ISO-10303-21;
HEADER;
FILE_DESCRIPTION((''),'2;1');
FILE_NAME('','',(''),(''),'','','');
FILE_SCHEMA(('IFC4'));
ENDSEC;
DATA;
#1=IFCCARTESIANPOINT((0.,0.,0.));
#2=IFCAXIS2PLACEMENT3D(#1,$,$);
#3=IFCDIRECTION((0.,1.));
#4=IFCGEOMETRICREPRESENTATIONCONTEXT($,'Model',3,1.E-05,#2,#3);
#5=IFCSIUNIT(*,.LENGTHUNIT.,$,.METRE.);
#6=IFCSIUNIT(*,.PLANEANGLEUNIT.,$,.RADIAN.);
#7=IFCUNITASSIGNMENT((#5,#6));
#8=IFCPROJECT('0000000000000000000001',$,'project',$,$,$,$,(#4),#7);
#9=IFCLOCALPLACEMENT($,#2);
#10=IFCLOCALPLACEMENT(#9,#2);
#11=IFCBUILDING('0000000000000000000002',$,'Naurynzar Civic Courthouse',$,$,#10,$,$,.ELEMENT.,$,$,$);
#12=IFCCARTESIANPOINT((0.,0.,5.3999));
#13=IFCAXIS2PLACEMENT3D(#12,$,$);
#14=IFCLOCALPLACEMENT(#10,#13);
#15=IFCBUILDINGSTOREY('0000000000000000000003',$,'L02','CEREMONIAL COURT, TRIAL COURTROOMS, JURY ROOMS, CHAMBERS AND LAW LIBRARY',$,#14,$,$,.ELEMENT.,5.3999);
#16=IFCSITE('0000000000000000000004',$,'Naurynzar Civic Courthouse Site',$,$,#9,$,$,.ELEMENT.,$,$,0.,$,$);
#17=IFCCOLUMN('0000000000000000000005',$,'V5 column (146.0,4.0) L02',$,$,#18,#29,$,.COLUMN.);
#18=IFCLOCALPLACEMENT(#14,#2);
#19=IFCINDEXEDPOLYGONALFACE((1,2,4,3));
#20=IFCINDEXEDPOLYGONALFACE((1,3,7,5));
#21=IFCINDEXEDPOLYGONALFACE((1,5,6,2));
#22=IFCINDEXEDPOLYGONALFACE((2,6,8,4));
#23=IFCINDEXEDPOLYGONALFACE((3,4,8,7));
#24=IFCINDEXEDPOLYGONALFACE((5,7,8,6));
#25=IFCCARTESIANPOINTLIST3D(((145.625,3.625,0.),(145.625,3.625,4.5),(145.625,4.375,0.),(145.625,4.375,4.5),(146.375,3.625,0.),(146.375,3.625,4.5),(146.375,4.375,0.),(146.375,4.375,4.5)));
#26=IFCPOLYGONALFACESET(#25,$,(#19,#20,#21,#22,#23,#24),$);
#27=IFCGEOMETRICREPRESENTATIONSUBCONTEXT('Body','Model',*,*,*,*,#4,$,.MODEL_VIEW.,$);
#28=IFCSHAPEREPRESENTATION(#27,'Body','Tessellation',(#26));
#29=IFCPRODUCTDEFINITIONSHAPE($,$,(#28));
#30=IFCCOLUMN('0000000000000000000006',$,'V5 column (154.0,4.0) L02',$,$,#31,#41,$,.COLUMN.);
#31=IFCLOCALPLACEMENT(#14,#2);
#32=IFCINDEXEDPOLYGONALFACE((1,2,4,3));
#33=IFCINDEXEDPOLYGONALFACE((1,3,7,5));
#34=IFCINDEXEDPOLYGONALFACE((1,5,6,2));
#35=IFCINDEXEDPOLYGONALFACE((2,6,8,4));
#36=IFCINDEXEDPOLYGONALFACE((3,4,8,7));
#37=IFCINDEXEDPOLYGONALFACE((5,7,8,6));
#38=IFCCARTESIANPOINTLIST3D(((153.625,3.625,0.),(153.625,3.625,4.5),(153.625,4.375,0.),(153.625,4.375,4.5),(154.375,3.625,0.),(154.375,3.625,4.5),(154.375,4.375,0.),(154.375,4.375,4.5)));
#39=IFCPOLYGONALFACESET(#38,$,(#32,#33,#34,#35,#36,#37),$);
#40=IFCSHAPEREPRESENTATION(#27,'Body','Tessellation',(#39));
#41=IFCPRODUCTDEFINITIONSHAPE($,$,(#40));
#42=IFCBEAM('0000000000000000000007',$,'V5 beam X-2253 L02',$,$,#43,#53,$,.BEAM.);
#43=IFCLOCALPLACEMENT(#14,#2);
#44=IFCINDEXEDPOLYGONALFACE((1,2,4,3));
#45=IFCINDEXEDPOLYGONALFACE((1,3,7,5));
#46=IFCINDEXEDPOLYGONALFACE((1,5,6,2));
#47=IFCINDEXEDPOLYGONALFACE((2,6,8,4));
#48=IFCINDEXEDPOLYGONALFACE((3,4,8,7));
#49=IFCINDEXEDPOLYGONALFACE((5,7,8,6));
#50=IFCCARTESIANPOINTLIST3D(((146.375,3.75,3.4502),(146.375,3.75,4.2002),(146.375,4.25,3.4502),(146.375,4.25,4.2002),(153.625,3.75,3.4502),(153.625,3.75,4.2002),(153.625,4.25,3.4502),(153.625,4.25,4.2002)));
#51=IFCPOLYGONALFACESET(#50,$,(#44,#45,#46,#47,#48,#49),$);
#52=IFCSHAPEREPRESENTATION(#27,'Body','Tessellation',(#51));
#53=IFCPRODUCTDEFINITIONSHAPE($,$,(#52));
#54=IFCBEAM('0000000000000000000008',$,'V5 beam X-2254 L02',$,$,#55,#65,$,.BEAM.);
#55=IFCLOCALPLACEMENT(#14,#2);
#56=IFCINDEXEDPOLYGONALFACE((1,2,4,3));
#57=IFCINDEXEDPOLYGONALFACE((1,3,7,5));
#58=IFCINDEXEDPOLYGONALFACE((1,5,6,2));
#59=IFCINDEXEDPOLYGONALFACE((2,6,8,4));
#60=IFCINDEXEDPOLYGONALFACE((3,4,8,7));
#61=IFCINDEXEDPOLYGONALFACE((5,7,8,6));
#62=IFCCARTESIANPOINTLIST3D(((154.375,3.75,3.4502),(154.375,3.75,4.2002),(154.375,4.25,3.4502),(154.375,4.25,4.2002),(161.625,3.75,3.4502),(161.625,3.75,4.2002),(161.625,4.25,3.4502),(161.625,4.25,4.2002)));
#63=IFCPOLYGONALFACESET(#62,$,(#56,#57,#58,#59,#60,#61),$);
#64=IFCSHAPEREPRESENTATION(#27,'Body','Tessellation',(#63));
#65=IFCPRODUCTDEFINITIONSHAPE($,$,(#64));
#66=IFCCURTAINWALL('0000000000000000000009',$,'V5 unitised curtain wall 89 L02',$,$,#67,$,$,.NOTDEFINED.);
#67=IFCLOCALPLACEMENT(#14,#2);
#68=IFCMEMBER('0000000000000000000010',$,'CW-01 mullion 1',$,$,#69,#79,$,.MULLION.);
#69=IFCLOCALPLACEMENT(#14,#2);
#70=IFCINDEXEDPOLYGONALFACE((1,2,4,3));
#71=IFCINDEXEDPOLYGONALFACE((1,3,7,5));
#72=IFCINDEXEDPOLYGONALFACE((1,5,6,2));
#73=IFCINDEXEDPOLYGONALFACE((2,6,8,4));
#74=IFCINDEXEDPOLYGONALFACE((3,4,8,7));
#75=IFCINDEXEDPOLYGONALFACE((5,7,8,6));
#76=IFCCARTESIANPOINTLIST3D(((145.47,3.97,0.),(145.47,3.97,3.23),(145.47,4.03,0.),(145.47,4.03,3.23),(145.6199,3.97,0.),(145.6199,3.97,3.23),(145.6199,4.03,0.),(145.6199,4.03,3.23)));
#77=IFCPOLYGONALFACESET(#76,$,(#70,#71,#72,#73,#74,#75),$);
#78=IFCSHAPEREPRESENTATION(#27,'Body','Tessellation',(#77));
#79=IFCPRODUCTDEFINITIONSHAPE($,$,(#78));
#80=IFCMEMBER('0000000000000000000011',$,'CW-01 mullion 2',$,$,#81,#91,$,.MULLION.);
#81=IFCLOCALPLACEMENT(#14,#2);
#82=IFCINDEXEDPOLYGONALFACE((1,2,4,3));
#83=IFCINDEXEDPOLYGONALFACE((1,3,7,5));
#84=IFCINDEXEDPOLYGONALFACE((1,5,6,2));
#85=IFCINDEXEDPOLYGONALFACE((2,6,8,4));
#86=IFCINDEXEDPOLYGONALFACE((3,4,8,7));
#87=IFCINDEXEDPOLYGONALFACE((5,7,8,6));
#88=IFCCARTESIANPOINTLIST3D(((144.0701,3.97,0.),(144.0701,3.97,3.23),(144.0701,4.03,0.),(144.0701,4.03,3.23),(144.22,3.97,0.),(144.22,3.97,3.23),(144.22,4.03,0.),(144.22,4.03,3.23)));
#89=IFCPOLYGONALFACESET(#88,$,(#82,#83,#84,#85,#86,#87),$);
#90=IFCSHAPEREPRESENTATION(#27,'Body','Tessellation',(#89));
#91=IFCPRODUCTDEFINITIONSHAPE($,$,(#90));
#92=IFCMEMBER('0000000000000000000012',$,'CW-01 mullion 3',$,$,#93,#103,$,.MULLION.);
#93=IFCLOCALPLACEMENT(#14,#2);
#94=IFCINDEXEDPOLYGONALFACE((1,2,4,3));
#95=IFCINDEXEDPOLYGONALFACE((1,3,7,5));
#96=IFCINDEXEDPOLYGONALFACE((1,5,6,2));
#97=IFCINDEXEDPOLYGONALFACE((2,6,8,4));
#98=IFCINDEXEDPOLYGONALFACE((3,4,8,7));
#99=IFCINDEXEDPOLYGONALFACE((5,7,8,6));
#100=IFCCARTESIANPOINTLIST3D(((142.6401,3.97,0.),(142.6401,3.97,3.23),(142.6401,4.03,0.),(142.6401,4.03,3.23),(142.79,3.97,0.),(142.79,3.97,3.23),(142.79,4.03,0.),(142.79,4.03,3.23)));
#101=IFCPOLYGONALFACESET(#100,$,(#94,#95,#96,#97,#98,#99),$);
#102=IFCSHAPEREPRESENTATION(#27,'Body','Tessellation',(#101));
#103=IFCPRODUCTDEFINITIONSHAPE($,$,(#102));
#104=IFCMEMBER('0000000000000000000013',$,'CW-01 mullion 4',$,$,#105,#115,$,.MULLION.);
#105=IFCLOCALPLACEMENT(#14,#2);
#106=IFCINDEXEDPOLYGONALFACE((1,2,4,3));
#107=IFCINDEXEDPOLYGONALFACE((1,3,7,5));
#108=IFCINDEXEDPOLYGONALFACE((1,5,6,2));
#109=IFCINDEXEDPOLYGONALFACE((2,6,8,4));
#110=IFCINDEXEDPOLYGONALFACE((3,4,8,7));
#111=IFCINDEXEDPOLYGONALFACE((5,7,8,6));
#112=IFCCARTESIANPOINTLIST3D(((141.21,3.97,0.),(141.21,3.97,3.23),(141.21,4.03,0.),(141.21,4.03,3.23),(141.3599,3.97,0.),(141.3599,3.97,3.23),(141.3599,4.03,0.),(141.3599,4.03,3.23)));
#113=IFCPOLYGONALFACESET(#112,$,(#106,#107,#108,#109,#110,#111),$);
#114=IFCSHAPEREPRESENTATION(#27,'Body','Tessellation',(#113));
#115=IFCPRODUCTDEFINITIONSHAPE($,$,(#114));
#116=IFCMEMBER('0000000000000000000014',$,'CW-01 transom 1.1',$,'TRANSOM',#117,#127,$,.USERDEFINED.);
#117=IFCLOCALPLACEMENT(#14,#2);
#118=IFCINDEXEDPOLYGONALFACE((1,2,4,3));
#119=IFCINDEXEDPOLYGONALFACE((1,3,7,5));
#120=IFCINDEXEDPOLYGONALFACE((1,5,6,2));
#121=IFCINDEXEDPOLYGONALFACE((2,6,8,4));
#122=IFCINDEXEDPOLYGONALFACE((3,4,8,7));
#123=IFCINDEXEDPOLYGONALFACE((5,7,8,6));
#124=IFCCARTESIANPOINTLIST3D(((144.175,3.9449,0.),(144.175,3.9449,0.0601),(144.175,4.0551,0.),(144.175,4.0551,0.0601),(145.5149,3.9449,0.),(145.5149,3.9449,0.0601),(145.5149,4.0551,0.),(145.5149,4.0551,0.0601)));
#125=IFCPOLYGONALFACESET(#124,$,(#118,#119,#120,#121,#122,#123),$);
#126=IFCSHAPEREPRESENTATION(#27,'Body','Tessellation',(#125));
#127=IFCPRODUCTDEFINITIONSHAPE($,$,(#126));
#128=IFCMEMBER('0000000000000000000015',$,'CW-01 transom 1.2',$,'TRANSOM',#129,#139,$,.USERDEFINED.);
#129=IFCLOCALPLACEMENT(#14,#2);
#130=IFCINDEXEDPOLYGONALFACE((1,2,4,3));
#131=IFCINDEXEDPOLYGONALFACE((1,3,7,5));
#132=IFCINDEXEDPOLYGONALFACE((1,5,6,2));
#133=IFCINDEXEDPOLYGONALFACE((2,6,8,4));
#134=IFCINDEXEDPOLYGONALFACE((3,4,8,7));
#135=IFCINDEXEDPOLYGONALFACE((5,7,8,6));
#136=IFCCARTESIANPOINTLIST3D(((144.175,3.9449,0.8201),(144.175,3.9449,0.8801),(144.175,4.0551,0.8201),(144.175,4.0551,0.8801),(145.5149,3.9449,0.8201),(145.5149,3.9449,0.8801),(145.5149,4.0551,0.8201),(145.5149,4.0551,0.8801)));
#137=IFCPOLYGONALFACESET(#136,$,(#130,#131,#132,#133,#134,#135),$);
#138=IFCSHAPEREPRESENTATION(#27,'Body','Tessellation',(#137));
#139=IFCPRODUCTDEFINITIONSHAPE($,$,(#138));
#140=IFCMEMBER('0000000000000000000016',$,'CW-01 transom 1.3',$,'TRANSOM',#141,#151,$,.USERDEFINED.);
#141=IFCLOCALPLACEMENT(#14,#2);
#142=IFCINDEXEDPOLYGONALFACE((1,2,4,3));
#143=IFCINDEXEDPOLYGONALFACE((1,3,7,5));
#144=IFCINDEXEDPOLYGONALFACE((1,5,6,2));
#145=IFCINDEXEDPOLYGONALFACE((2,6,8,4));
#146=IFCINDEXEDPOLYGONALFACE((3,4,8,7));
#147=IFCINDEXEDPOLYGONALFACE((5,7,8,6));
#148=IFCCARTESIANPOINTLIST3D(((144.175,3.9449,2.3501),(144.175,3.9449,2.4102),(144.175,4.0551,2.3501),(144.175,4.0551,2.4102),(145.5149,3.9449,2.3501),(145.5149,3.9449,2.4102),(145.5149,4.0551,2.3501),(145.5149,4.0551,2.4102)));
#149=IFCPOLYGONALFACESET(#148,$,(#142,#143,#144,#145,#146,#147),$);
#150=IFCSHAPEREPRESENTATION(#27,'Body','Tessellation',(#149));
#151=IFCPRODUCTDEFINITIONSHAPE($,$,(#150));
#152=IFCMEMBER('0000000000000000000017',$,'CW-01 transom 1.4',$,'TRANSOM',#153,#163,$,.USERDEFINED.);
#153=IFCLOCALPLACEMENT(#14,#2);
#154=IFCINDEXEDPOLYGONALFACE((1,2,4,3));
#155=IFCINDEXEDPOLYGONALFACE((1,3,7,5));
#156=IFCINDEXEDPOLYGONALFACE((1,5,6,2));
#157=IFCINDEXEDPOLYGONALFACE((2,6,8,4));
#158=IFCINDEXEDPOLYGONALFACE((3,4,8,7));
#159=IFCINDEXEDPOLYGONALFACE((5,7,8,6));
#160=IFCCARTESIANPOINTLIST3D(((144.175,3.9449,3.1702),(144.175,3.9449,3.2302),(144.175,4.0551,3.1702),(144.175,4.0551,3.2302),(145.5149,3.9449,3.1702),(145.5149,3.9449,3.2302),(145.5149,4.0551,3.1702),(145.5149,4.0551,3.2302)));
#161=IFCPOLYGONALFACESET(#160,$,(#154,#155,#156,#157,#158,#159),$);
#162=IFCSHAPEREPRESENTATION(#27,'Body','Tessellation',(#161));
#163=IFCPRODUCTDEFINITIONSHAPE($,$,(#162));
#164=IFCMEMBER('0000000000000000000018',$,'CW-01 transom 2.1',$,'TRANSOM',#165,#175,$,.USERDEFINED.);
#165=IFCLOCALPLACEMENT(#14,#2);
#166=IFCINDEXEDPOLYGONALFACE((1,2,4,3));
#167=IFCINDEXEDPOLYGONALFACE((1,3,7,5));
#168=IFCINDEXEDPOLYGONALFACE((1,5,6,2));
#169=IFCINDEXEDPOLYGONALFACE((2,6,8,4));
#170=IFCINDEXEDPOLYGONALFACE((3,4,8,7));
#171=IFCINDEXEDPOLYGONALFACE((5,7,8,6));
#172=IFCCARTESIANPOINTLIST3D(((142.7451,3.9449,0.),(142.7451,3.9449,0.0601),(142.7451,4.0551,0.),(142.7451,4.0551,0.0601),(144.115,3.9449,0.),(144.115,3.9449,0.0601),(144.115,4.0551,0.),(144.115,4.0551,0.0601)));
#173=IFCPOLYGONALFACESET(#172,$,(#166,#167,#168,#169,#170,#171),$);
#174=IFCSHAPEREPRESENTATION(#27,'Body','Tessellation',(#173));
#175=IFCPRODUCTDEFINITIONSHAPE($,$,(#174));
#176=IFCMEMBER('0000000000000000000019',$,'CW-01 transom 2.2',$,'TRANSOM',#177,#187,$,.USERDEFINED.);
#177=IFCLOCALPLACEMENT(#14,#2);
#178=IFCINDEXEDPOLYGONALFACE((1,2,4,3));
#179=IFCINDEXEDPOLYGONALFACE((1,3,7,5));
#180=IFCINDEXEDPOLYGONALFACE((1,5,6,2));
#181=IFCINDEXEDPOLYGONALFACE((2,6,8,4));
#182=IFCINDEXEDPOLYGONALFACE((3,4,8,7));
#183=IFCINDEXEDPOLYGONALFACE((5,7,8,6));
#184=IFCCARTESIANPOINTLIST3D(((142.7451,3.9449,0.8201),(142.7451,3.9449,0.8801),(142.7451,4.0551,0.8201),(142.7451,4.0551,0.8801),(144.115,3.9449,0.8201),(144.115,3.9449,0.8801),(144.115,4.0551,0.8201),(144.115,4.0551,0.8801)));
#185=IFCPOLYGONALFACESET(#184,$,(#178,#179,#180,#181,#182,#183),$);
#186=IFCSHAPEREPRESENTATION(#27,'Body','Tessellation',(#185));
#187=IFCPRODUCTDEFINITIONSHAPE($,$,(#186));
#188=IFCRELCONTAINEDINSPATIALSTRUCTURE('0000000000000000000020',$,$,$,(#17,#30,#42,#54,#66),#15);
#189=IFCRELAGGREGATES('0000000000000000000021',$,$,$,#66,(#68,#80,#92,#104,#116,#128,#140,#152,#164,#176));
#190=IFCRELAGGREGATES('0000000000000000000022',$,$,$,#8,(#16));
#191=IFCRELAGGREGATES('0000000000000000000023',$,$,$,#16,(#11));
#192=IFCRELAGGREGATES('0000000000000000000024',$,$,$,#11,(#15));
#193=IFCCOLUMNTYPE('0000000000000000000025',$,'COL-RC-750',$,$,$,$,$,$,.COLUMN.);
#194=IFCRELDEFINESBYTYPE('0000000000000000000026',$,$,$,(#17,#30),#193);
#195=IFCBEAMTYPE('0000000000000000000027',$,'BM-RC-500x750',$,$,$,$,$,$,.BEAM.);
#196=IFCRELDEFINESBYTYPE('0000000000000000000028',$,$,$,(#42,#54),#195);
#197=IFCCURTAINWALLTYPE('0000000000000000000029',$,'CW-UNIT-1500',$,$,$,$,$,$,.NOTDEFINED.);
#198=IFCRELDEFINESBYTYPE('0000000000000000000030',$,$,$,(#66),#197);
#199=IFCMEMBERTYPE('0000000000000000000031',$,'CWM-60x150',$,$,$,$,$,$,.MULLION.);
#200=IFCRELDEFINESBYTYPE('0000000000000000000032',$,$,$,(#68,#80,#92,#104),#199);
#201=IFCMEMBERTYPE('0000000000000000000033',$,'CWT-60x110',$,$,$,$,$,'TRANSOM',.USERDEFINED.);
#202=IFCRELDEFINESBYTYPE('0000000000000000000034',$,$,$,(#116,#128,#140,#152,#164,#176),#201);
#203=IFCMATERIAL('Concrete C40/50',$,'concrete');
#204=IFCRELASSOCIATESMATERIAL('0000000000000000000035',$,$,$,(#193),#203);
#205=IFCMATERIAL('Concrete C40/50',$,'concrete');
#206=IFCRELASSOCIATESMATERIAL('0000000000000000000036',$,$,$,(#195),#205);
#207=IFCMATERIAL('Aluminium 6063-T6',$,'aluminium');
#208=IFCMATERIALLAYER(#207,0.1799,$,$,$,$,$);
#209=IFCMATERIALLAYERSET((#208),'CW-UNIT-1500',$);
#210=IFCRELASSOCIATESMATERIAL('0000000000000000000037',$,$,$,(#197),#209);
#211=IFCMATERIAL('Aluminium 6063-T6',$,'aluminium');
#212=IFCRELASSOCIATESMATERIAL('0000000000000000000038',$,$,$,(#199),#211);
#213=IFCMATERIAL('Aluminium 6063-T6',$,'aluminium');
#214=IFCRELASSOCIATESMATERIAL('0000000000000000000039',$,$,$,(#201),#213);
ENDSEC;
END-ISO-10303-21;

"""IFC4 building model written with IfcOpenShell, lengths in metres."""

from ifc_helpers import new_model, si_unit, direction, frame, origin, origin_2d, place, context, subcontext, project, spatial, rectangle, extrude, material, layer, layer_set, material_profile, profile_set, type_object, element, aggregate, save


model = new_model("IFC4")

# Units and contexts
model_context = context("Model", 3, precision=1e-05, world=origin(), true_north=direction((0.0, 1.0)))
body_context = subcontext(model_context, "Body", "Model", "MODEL_VIEW")
ifc_project = project(units=[si_unit("LENGTHUNIT", "METRE"), si_unit("PLANEANGLEUNIT", "RADIAN")], contexts=[model_context])

# Site, building, storey
site_placement = place(None, origin())
site = spatial("IfcSite", under=ifc_project, at=site_placement, Name="Naurynzar Civic Courthouse Site", CompositionType="ELEMENT", RefElevation=0.0)
building_placement = place(site_placement, origin())
building = spatial("IfcBuilding", under=site, at=building_placement, Name="Naurynzar Civic Courthouse", CompositionType="ELEMENT")
storey_placement = place(building_placement, frame((0.0, 0.0, 5.3999)))
storey = spatial("IfcBuildingStorey", under=building, at=storey_placement, Name="L02", Description="CEREMONIAL COURT, TRIAL COURTROOMS, JURY ROOMS, CHAMBERS AND LAW LIBRARY", CompositionType="ELEMENT", Elevation=5.3999)

# Columns
ifc_material_1 = material(Name="Concrete C40/50", Category="concrete")
ifc_material_profile_1 = material_profile(ifc_material_1, rectangle(XDim=0.75, YDim=0.75, at=origin_2d()), Name="RC 750x750")
ifc_profile_set_1 = profile_set([ifc_material_profile_1], Name="Concrete C40/50")
column_type = type_object("IfcColumnType", Name="COL-RC-750", PredefinedType="COLUMN", material=ifc_profile_set_1)
for number, where, z_axis, x_axis, name in (
    (1, (146.0, 4.0, 0.0), (0.0, 0.0, 1.0), (1.0, 0.0, 0.0), "V5 column (146.0,4.0) L02"),
    (2, (154.0, 4.0, 0.0), (0.0, 0.0, 1.0), (1.0, 0.0, 0.0), "V5 column (154.0,4.0) L02"),
):
    element("IfcColumn", number, at=place(storey_placement, frame(where, z_axis=z_axis, x_axis=x_axis)), inside=storey, type_object=column_type, Name=name, PredefinedType="COLUMN", context=body_context, shape_type="SweptSolid", body=[
        extrude(rectangle(XDim=0.75, YDim=0.75, at=origin_2d()), origin(), (0.0, 0.0, 1.0), 4.5),
    ])

# Beams
ifc_material_2 = material(Name="Concrete C40/50", Category="concrete")
ifc_material_profile_2 = material_profile(ifc_material_2, rectangle(XDim=0.5, YDim=0.75, at=origin_2d()), Name="RCB 500x750")
ifc_profile_set_2 = profile_set([ifc_material_profile_2], Name="Concrete C40/50")
beam_type = type_object("IfcBeamType", Name="BM-RC-500x750", PredefinedType="BEAM", material=ifc_profile_set_2)
for number, where, z_axis, x_axis, name in (
    (3, (146.375, 4.0, 3.8252), (1.0, 0.0, 0.0), (0.0, 1.0, 0.0), "V5 beam X-2253 L02"),
    (4, (154.375, 4.0, 3.8252), (1.0, 0.0, 0.0), (0.0, 1.0, 0.0), "V5 beam X-2254 L02"),
):
    element("IfcBeam", number, at=place(storey_placement, frame(where, z_axis=z_axis, x_axis=x_axis)), inside=storey, type_object=beam_type, Name=name, PredefinedType="BEAM", context=body_context, shape_type="SweptSolid", body=[
        extrude(rectangle(XDim=0.5, YDim=0.75, at=origin_2d()), origin(), (0.0, 0.0, 1.0), 7.25),
    ])

# Curtain wall, members
ifc_material_3 = material(Name="Aluminium 6063-T6", Category="aluminium")
ifc_layer_1 = layer(ifc_material_3, 0.1799)
ifc_layer_set_1 = layer_set([ifc_layer_1], Name="CW-UNIT-1500")
curtain_wall_type = type_object("IfcCurtainWallType", Name="CW-UNIT-1500", PredefinedType="NOTDEFINED", material=ifc_layer_set_1)
curtain_wall_placement = place(storey_placement, origin())
curtain_wall = element("IfcCurtainWall", 5, at=curtain_wall_placement, inside=storey, type_object=curtain_wall_type, Name="V5 unitised curtain wall 89 L02", PredefinedType="NOTDEFINED")
ifc_material_4 = material(Name="Aluminium 6063-T6", Category="aluminium")
ifc_material_profile_3 = material_profile(ifc_material_4, rectangle(XDim=0.0601, YDim=0.1499, at=origin_2d()), Name="ALU MULLION 60x150")
ifc_profile_set_3 = profile_set([ifc_material_profile_3], Name="Aluminium 6063-T6")
member_type_1 = type_object("IfcMemberType", Name="CWM-60x150", PredefinedType="MULLION", material=ifc_profile_set_3)
member_1_placement = place(storey_placement, frame((145.5449, 4.0, 0.0), z_axis=(0.0, 0.0, 1.0), x_axis=(0.0, -1.0, 0.0)))
member_1 = element("IfcMember", 6, at=member_1_placement, type_object=member_type_1, Name="CW-01 mullion 1", PredefinedType="MULLION", context=body_context, shape_type="SweptSolid", body=[
    extrude(rectangle(XDim=0.0601, YDim=0.1499, at=origin_2d()), origin(), (0.0, 0.0, 1.0), 3.23),
])
member_2_placement = place(storey_placement, frame((144.145, 4.0, 0.0), z_axis=(0.0, 0.0, 1.0), x_axis=(0.0, -1.0, 0.0)))
member_2 = element("IfcMember", 7, at=member_2_placement, type_object=member_type_1, Name="CW-01 mullion 2", PredefinedType="MULLION", context=body_context, shape_type="SweptSolid", body=[
    extrude(rectangle(XDim=0.0601, YDim=0.1499, at=origin_2d()), origin(), (0.0, 0.0, 1.0), 3.23),
])
member_3_placement = place(storey_placement, frame((142.7151, 4.0, 0.0), z_axis=(0.0, 0.0, 1.0), x_axis=(0.0, -1.0, 0.0)))
member_3 = element("IfcMember", 8, at=member_3_placement, type_object=member_type_1, Name="CW-01 mullion 3", PredefinedType="MULLION", context=body_context, shape_type="SweptSolid", body=[
    extrude(rectangle(XDim=0.0601, YDim=0.1499, at=origin_2d()), origin(), (0.0, 0.0, 1.0), 3.23),
])
member_4_placement = place(storey_placement, frame((141.2849, 4.0, 0.0), z_axis=(0.0, 0.0, 1.0), x_axis=(0.0, -1.0, 0.0)))
member_4 = element("IfcMember", 9, at=member_4_placement, type_object=member_type_1, Name="CW-01 mullion 4", PredefinedType="MULLION", context=body_context, shape_type="SweptSolid", body=[
    extrude(rectangle(XDim=0.0601, YDim=0.1499, at=origin_2d()), origin(), (0.0, 0.0, 1.0), 3.23),
])
ifc_material_5 = material(Name="Aluminium 6063-T6", Category="aluminium")
ifc_material_profile_4 = material_profile(ifc_material_5, rectangle(XDim=0.1101, YDim=0.0601, at=origin_2d()), Name="ALU TRANSOM 60x110")
ifc_profile_set_4 = profile_set([ifc_material_profile_4], Name="Aluminium 6063-T6")
member_type_2 = type_object("IfcMemberType", Name="CWT-60x110", ElementType="TRANSOM", PredefinedType="USERDEFINED", material=ifc_profile_set_4)
member_5_placement = place(storey_placement, frame((145.5149, 4.0, 0.03), z_axis=(-1.0, 0.0, 0.0), x_axis=(0.0, -1.0, 0.0)))
member_5 = element("IfcMember", 10, at=member_5_placement, type_object=member_type_2, Name="CW-01 transom 1.1", ObjectType="TRANSOM", PredefinedType="USERDEFINED", context=body_context, shape_type="SweptSolid", body=[
    extrude(rectangle(XDim=0.1101, YDim=0.0601, at=origin_2d()), origin(), (0.0, 0.0, 1.0), 1.3398),
])
member_6_placement = place(storey_placement, frame((145.5149, 4.0, 0.8501), z_axis=(-1.0, 0.0, 0.0), x_axis=(0.0, -1.0, 0.0)))
member_6 = element("IfcMember", 11, at=member_6_placement, type_object=member_type_2, Name="CW-01 transom 1.2", ObjectType="TRANSOM", PredefinedType="USERDEFINED", context=body_context, shape_type="SweptSolid", body=[
    extrude(rectangle(XDim=0.1101, YDim=0.0601, at=origin_2d()), origin(), (0.0, 0.0, 1.0), 1.3398),
])
member_7_placement = place(storey_placement, frame((145.5149, 4.0, 2.3801), z_axis=(-1.0, 0.0, 0.0), x_axis=(0.0, -1.0, 0.0)))
member_7 = element("IfcMember", 12, at=member_7_placement, type_object=member_type_2, Name="CW-01 transom 1.3", ObjectType="TRANSOM", PredefinedType="USERDEFINED", context=body_context, shape_type="SweptSolid", body=[
    extrude(rectangle(XDim=0.1101, YDim=0.0601, at=origin_2d()), origin(), (0.0, 0.0, 1.0), 1.3398),
])
member_8_placement = place(storey_placement, frame((145.5149, 4.0, 3.2002), z_axis=(-1.0, 0.0, 0.0), x_axis=(0.0, -1.0, 0.0)))
member_8 = element("IfcMember", 13, at=member_8_placement, type_object=member_type_2, Name="CW-01 transom 1.4", ObjectType="TRANSOM", PredefinedType="USERDEFINED", context=body_context, shape_type="SweptSolid", body=[
    extrude(rectangle(XDim=0.1101, YDim=0.0601, at=origin_2d()), origin(), (0.0, 0.0, 1.0), 1.3398),
])
member_9_placement = place(storey_placement, frame((144.115, 4.0, 0.03), z_axis=(-1.0, 0.0, 0.0), x_axis=(0.0, -1.0, 0.0)))
member_9 = element("IfcMember", 14, at=member_9_placement, type_object=member_type_2, Name="CW-01 transom 2.1", ObjectType="TRANSOM", PredefinedType="USERDEFINED", context=body_context, shape_type="SweptSolid", body=[
    extrude(rectangle(XDim=0.1101, YDim=0.0601, at=origin_2d()), origin(), (0.0, 0.0, 1.0), 1.3699),
])
member_10_placement = place(storey_placement, frame((144.115, 4.0, 0.8501), z_axis=(-1.0, 0.0, 0.0), x_axis=(0.0, -1.0, 0.0)))
member_10 = element("IfcMember", 15, at=member_10_placement, type_object=member_type_2, Name="CW-01 transom 2.2", ObjectType="TRANSOM", PredefinedType="USERDEFINED", context=body_context, shape_type="SweptSolid", body=[
    extrude(rectangle(XDim=0.1101, YDim=0.0601, at=origin_2d()), origin(), (0.0, 0.0, 1.0), 1.3699),
])
aggregate(curtain_wall, [member_1, member_2, member_3, member_4, member_5, member_6, member_7, member_8, member_9, member_10])

save(model, "model.ifc")
